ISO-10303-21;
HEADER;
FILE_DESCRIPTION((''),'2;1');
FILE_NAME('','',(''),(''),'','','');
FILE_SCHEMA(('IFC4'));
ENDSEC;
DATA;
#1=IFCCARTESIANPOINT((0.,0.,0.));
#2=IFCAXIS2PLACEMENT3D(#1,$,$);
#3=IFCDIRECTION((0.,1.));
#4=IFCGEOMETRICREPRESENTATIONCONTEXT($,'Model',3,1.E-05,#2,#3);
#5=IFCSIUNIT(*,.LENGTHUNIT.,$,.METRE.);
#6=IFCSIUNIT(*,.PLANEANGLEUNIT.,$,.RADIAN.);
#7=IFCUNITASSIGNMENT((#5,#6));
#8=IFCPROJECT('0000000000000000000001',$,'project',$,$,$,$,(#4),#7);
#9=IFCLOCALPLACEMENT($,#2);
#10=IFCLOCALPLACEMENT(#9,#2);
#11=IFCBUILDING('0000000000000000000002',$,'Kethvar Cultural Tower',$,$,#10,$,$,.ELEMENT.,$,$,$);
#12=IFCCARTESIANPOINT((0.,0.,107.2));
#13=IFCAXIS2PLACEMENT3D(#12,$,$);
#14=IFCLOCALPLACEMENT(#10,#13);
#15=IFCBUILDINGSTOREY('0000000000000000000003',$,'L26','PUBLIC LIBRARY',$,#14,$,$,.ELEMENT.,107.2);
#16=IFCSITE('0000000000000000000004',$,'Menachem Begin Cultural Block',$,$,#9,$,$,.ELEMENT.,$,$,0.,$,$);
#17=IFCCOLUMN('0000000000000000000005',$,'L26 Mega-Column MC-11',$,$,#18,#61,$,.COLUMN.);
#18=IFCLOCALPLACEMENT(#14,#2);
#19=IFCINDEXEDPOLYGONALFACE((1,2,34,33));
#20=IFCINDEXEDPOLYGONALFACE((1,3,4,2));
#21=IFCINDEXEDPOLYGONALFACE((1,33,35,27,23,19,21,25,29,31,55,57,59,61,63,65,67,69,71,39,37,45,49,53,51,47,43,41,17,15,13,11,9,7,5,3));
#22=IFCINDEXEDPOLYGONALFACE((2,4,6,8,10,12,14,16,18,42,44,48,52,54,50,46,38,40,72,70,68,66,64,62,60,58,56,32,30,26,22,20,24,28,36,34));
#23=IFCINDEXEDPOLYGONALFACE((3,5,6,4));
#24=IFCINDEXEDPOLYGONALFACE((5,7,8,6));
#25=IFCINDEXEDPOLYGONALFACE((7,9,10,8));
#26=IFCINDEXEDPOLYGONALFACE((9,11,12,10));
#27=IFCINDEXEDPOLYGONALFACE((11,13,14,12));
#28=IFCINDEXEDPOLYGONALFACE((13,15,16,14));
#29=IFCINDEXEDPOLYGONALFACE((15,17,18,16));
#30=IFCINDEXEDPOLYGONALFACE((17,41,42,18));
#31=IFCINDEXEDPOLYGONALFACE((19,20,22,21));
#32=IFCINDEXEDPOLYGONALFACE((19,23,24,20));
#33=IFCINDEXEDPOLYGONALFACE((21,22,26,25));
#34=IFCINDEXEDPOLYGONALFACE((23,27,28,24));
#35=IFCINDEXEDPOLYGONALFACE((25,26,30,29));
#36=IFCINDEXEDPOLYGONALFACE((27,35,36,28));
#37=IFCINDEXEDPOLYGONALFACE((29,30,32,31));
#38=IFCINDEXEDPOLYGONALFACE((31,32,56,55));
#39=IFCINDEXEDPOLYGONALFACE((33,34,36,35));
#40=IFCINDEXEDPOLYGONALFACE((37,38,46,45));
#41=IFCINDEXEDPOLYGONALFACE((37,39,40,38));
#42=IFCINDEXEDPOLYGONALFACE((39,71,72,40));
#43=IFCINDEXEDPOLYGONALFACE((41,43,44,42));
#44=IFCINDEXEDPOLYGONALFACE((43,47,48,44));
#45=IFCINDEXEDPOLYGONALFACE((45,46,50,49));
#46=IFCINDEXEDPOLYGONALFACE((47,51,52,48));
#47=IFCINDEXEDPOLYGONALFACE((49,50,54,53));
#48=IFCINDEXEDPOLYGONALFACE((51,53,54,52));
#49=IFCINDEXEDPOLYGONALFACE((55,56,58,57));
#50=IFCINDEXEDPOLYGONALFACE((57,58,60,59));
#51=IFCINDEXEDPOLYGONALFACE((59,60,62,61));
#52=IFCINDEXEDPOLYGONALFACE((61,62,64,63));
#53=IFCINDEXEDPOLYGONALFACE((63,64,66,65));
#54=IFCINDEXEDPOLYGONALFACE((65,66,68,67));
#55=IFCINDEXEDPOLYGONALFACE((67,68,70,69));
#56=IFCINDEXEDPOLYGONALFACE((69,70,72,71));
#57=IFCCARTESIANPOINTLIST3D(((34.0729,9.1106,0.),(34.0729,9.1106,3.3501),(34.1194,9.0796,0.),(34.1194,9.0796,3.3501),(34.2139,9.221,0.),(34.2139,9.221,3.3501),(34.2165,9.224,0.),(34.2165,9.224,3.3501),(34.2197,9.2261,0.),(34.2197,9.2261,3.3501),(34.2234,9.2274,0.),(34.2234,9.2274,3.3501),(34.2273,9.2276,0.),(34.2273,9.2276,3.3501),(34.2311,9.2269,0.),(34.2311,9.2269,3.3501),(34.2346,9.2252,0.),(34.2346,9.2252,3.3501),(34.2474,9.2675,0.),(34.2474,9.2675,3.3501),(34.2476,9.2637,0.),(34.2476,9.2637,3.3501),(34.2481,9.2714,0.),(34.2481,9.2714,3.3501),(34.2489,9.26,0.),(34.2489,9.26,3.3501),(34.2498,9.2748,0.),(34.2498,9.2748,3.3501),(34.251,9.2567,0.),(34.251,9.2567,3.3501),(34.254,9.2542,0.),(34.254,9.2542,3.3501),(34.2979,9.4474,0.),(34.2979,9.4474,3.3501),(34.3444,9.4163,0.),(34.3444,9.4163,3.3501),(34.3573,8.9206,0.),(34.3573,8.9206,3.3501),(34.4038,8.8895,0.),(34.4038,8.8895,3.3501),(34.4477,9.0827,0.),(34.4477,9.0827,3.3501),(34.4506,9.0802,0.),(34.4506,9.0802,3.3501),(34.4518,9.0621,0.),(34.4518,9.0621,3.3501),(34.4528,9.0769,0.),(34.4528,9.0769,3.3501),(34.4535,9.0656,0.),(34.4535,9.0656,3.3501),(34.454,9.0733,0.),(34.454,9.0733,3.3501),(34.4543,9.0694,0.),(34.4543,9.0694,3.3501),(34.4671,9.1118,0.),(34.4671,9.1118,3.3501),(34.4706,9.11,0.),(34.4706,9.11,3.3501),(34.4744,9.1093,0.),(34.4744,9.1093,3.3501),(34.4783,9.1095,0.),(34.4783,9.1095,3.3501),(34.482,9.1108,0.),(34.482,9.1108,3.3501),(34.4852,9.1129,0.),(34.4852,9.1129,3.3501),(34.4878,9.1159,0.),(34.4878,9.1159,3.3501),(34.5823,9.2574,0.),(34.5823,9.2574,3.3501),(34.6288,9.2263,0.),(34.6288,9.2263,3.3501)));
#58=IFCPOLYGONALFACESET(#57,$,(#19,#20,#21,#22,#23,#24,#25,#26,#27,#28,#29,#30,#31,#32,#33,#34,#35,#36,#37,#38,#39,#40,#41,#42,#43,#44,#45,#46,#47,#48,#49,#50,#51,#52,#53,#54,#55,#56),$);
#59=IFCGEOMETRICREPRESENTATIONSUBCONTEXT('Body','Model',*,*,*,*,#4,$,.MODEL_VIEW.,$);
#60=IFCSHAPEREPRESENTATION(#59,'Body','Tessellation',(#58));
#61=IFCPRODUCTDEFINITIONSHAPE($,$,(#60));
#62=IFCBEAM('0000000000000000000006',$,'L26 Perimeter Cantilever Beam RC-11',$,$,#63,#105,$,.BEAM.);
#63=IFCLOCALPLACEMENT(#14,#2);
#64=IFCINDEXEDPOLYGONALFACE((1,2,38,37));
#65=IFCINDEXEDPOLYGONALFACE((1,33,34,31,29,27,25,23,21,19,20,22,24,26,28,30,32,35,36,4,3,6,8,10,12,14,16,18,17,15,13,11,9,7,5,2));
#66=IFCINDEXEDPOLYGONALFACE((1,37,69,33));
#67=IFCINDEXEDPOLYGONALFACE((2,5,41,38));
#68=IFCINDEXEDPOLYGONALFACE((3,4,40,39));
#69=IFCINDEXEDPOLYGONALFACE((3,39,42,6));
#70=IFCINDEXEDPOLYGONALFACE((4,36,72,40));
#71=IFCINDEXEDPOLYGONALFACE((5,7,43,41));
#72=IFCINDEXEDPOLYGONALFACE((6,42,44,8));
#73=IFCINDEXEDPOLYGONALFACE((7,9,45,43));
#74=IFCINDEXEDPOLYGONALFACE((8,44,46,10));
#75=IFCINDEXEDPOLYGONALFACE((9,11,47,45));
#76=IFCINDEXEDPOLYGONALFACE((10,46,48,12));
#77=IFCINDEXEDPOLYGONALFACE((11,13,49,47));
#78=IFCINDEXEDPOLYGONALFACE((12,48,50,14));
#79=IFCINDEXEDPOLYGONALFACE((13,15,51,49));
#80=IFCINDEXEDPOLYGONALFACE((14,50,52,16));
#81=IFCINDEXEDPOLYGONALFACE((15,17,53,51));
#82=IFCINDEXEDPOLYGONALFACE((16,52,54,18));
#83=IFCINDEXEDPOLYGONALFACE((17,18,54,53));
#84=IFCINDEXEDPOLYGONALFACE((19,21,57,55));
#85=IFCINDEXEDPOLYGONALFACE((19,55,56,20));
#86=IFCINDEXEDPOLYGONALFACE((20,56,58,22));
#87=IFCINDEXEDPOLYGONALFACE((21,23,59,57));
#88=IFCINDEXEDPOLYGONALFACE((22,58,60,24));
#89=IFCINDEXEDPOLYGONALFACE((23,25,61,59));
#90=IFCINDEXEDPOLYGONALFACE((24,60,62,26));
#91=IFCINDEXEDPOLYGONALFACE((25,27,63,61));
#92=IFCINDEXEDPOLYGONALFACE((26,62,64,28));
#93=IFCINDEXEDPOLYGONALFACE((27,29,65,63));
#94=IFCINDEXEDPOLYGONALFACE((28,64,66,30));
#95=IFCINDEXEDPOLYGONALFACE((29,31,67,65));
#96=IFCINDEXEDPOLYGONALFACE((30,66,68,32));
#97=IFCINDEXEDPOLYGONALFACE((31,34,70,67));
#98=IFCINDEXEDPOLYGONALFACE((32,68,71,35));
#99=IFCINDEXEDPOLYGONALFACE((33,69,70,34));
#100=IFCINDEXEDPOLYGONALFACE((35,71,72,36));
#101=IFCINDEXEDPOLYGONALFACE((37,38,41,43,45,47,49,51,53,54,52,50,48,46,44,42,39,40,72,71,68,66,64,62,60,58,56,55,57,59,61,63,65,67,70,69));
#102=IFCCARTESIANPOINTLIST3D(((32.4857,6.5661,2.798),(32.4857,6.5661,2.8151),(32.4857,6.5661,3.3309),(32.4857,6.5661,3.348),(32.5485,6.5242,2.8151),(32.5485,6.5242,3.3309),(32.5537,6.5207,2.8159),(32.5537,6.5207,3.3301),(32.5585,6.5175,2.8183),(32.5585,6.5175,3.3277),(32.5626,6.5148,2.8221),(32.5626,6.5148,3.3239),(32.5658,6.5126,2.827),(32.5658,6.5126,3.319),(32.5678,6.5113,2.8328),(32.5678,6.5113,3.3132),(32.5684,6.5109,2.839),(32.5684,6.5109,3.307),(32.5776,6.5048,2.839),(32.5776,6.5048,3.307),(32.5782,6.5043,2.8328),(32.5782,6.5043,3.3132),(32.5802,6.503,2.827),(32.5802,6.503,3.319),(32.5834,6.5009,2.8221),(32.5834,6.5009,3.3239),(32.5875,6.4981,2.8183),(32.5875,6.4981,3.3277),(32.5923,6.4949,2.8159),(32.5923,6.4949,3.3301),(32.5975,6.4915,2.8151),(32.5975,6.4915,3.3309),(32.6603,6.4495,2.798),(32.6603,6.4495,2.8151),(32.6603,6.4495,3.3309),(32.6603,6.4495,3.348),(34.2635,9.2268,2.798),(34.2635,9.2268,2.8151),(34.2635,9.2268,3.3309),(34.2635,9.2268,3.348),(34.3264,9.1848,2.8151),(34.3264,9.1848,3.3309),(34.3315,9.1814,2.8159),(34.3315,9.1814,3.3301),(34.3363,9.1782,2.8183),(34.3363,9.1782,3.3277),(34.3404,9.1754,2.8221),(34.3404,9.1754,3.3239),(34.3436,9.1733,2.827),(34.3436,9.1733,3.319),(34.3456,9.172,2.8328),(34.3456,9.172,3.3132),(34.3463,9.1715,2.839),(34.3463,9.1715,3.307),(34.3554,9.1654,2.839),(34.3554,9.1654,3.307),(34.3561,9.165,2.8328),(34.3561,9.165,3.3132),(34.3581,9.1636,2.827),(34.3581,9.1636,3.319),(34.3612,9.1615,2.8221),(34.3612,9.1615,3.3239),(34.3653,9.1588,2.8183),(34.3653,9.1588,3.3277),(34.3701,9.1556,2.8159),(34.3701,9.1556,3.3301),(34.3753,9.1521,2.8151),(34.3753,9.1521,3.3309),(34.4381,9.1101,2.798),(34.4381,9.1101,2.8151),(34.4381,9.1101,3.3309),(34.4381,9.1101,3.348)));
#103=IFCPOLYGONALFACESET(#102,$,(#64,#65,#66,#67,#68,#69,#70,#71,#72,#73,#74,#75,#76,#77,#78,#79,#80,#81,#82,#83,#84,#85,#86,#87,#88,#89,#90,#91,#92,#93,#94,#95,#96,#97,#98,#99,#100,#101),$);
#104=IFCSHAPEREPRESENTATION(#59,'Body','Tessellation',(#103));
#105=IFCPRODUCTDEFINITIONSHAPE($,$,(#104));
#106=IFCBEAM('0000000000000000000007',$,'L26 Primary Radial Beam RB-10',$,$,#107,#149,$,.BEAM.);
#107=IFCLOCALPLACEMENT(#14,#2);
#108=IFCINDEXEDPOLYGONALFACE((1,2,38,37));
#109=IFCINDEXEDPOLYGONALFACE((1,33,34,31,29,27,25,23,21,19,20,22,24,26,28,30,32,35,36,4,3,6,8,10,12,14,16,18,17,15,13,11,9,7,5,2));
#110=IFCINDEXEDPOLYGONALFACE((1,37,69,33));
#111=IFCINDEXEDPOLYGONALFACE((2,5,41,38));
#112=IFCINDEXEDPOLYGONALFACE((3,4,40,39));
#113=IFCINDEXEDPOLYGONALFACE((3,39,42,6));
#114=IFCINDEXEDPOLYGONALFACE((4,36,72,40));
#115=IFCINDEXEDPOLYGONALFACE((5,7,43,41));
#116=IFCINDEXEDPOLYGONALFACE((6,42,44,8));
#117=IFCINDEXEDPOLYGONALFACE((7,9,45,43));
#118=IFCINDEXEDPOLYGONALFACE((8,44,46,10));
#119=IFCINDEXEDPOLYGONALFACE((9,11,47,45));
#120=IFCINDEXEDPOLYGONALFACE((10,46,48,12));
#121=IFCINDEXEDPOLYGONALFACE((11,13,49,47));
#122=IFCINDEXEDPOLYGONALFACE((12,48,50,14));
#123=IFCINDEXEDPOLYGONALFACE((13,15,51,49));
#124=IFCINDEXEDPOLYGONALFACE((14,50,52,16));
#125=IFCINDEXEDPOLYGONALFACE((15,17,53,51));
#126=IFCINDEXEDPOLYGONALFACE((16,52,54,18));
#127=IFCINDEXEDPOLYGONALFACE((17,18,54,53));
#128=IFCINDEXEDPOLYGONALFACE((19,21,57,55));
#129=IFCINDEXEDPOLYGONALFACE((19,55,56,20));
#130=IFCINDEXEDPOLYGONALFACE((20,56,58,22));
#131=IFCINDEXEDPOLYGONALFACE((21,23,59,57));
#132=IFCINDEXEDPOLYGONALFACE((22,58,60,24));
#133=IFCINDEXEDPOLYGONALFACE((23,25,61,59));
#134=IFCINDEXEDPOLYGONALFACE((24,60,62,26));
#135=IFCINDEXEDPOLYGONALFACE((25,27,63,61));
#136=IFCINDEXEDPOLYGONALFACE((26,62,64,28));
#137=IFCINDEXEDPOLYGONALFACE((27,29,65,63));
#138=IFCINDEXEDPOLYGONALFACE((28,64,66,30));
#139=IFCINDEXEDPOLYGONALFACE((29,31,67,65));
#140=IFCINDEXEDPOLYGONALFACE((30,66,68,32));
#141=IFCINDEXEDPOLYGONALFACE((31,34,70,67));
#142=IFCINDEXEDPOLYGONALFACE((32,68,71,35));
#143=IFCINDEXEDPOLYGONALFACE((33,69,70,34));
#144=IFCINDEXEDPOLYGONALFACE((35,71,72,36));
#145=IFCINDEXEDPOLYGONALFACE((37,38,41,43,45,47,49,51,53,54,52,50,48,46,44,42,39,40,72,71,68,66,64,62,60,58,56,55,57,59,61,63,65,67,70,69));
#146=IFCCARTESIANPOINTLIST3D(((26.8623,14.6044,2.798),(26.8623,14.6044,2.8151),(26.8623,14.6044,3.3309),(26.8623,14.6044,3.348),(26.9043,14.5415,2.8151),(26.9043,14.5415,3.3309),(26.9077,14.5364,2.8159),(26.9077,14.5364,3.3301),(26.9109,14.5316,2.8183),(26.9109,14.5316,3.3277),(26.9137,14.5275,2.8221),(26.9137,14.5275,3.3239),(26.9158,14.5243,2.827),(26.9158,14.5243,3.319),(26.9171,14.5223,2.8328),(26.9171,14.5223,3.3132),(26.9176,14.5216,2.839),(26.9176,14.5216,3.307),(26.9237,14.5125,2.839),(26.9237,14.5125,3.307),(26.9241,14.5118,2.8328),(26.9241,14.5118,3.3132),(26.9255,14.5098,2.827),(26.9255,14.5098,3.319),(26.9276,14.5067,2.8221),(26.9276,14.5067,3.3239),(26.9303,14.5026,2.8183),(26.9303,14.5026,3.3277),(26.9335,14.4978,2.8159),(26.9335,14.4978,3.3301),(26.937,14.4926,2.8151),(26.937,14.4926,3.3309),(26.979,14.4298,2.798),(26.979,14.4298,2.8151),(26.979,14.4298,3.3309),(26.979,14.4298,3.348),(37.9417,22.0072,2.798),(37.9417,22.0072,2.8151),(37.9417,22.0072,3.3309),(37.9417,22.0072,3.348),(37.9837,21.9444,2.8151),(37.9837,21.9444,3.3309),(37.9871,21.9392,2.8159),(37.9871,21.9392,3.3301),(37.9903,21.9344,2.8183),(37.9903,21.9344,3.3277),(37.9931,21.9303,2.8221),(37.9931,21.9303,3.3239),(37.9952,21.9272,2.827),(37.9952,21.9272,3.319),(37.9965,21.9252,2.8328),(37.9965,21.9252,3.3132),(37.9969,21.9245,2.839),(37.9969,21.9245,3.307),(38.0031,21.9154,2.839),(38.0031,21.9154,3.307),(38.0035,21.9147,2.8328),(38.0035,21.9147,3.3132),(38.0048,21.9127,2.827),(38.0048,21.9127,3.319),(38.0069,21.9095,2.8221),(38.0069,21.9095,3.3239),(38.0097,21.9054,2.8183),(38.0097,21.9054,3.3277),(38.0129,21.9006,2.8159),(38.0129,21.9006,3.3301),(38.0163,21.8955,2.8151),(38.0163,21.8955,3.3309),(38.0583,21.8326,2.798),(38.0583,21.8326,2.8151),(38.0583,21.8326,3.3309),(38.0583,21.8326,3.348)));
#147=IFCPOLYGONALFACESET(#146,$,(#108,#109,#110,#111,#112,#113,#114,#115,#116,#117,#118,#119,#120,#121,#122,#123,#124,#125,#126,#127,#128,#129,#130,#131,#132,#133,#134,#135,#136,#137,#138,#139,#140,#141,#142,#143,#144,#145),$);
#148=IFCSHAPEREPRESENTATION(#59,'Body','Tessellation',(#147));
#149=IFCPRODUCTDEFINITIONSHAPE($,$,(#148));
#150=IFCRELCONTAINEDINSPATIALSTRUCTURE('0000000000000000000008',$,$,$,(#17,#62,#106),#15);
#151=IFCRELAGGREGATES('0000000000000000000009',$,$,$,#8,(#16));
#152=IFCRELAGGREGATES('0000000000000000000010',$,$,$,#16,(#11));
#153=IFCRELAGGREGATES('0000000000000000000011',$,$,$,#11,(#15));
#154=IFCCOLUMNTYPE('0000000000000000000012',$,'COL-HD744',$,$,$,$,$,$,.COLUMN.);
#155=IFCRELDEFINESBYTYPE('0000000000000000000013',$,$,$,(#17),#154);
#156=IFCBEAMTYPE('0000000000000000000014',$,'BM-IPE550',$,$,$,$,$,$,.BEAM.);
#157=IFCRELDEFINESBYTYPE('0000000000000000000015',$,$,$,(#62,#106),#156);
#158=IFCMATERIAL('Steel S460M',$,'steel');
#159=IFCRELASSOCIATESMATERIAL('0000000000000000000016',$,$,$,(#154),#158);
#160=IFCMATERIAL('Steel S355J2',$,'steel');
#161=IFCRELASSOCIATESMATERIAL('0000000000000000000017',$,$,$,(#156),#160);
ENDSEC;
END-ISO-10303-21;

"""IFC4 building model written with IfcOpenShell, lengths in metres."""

from ifc_helpers import new_model, si_unit, direction, frame, origin, origin_2d, place, context, subcontext, project, spatial, i_section, extrude, source, transform, mapped, material, material_profile, profile_set, type_object, element, save


model = new_model("IFC4")

# Units and contexts
model_context = context("Model", 3, precision=1e-05, world=origin(), true_north=direction((0.0, 1.0)))
body_context = subcontext(model_context, "Body", "Model", "MODEL_VIEW")
ifc_project = project(units=[si_unit("LENGTHUNIT", "METRE"), si_unit("PLANEANGLEUNIT", "RADIAN")], contexts=[model_context])

# Site, building, storey
site_placement = place(None, origin())
site = spatial("IfcSite", under=ifc_project, at=site_placement, Name="Menachem Begin Cultural Block", CompositionType="ELEMENT", RefElevation=0.0)
building_placement = place(site_placement, origin())
building = spatial("IfcBuilding", under=site, at=building_placement, Name="Kethvar Cultural Tower", CompositionType="ELEMENT")
storey_placement = place(building_placement, frame((0.0, 0.0, 107.2)))
storey = spatial("IfcBuildingStorey", under=building, at=storey_placement, Name="L26", Description="PUBLIC LIBRARY", CompositionType="ELEMENT", Elevation=107.2)

# Column
ifc_material_1 = material(Name="Steel S460M", Category="steel")
ifc_material_profile_1 = material_profile(ifc_material_1, i_section(OverallWidth=0.405, OverallDepth=0.3979, WebThickness=0.0349, FlangeThickness=0.0559, FilletRadius=0.0149, at=origin_2d()), Name="Steel S460M — HD400x744")
ifc_profile_set_1 = profile_set([ifc_material_profile_1], Name="Steel S460M — HD400x744")
column_type = type_object("IfcColumnType", Name="COL-HD744", PredefinedType="COLUMN", material=ifc_profile_set_1)
shared_shape_1 = source(origin(), body_context, "Body", "SweptSolid", [
    extrude(i_section(OverallWidth=0.405, OverallDepth=0.3979, WebThickness=0.0349, FlangeThickness=0.0559, FilletRadius=0.0149, at=origin_2d()), origin(), (0.0, 0.0, 1.0), 3.3501),
])
column_placement = place(storey_placement, frame((34.3508, 9.1685, 0.0), z_axis=(0.0, 0.0, 1.0), x_axis=(-0.55557, -0.83147, 0.0)))
element("IfcColumn", 1, at=column_placement, inside=storey, type_object=column_type, Name="L26 Mega-Column MC-11", PredefinedType="COLUMN", context=body_context, shape_type="MappedRepresentation", body=[
    mapped(shared_shape_1, transform((0.0, 0.0, 0.0), scale=1.0)),
])

# Beams
ifc_material_2 = material(Name="Steel S355J2", Category="steel")
ifc_material_profile_2 = material_profile(ifc_material_2, i_section(OverallWidth=0.21, OverallDepth=0.55, WebThickness=0.011, FlangeThickness=0.0171, FilletRadius=0.0239, at=origin_2d()), Name="Steel S355J2 — IPE550")
ifc_profile_set_2 = profile_set([ifc_material_profile_2], Name="Steel S355J2 — IPE550")
beam_type_1 = type_object("IfcBeamType", Name="BM-IPE550", PredefinedType="BEAM", material=ifc_profile_set_2)
shared_shape_2 = source(origin(), body_context, "Body", "SweptSolid", [
    extrude(i_section(OverallWidth=0.21, OverallDepth=0.55, WebThickness=0.011, FlangeThickness=0.0171, FilletRadius=0.0239, at=origin_2d()), origin(), (0.0, 0.0, 1.0), 3.2),
])
beam_1_placement = place(storey_placement, frame((34.3508, 9.1685, 3.073), z_axis=(-0.55558, -0.831463, 0.0), x_axis=(0.831463, -0.55558, 0.0)))
element("IfcBeam", 2, at=beam_1_placement, inside=storey, type_object=beam_type_1, Name="L26 Perimeter Cantilever Beam RC-11", PredefinedType="BEAM", context=body_context, shape_type="MappedRepresentation", body=[
    mapped(shared_shape_2, transform((0.0, 0.0, 0.0), scale=1.0)),
])
shared_shape_3 = source(origin(), body_context, "Body", "SweptSolid", [
    extrude(i_section(OverallWidth=0.21, OverallDepth=0.55, WebThickness=0.011, FlangeThickness=0.0171, FilletRadius=0.0239, at=origin_2d()), origin(), (0.0, 0.0, 1.0), 13.325),
])
beam_2_placement = place(storey_placement, frame((38.0, 21.9199, 3.073), z_axis=(-0.831475, -0.555562, 0.0), x_axis=(0.555562, -0.831475, 0.0)))
element("IfcBeam", 3, at=beam_2_placement, inside=storey, type_object=beam_type_1, Name="L26 Primary Radial Beam RB-10", PredefinedType="BEAM", context=body_context, shape_type="MappedRepresentation", body=[
    mapped(shared_shape_3, transform((0.0, 0.0, 0.0), scale=1.0)),
])

save(model, "model.ifc")
